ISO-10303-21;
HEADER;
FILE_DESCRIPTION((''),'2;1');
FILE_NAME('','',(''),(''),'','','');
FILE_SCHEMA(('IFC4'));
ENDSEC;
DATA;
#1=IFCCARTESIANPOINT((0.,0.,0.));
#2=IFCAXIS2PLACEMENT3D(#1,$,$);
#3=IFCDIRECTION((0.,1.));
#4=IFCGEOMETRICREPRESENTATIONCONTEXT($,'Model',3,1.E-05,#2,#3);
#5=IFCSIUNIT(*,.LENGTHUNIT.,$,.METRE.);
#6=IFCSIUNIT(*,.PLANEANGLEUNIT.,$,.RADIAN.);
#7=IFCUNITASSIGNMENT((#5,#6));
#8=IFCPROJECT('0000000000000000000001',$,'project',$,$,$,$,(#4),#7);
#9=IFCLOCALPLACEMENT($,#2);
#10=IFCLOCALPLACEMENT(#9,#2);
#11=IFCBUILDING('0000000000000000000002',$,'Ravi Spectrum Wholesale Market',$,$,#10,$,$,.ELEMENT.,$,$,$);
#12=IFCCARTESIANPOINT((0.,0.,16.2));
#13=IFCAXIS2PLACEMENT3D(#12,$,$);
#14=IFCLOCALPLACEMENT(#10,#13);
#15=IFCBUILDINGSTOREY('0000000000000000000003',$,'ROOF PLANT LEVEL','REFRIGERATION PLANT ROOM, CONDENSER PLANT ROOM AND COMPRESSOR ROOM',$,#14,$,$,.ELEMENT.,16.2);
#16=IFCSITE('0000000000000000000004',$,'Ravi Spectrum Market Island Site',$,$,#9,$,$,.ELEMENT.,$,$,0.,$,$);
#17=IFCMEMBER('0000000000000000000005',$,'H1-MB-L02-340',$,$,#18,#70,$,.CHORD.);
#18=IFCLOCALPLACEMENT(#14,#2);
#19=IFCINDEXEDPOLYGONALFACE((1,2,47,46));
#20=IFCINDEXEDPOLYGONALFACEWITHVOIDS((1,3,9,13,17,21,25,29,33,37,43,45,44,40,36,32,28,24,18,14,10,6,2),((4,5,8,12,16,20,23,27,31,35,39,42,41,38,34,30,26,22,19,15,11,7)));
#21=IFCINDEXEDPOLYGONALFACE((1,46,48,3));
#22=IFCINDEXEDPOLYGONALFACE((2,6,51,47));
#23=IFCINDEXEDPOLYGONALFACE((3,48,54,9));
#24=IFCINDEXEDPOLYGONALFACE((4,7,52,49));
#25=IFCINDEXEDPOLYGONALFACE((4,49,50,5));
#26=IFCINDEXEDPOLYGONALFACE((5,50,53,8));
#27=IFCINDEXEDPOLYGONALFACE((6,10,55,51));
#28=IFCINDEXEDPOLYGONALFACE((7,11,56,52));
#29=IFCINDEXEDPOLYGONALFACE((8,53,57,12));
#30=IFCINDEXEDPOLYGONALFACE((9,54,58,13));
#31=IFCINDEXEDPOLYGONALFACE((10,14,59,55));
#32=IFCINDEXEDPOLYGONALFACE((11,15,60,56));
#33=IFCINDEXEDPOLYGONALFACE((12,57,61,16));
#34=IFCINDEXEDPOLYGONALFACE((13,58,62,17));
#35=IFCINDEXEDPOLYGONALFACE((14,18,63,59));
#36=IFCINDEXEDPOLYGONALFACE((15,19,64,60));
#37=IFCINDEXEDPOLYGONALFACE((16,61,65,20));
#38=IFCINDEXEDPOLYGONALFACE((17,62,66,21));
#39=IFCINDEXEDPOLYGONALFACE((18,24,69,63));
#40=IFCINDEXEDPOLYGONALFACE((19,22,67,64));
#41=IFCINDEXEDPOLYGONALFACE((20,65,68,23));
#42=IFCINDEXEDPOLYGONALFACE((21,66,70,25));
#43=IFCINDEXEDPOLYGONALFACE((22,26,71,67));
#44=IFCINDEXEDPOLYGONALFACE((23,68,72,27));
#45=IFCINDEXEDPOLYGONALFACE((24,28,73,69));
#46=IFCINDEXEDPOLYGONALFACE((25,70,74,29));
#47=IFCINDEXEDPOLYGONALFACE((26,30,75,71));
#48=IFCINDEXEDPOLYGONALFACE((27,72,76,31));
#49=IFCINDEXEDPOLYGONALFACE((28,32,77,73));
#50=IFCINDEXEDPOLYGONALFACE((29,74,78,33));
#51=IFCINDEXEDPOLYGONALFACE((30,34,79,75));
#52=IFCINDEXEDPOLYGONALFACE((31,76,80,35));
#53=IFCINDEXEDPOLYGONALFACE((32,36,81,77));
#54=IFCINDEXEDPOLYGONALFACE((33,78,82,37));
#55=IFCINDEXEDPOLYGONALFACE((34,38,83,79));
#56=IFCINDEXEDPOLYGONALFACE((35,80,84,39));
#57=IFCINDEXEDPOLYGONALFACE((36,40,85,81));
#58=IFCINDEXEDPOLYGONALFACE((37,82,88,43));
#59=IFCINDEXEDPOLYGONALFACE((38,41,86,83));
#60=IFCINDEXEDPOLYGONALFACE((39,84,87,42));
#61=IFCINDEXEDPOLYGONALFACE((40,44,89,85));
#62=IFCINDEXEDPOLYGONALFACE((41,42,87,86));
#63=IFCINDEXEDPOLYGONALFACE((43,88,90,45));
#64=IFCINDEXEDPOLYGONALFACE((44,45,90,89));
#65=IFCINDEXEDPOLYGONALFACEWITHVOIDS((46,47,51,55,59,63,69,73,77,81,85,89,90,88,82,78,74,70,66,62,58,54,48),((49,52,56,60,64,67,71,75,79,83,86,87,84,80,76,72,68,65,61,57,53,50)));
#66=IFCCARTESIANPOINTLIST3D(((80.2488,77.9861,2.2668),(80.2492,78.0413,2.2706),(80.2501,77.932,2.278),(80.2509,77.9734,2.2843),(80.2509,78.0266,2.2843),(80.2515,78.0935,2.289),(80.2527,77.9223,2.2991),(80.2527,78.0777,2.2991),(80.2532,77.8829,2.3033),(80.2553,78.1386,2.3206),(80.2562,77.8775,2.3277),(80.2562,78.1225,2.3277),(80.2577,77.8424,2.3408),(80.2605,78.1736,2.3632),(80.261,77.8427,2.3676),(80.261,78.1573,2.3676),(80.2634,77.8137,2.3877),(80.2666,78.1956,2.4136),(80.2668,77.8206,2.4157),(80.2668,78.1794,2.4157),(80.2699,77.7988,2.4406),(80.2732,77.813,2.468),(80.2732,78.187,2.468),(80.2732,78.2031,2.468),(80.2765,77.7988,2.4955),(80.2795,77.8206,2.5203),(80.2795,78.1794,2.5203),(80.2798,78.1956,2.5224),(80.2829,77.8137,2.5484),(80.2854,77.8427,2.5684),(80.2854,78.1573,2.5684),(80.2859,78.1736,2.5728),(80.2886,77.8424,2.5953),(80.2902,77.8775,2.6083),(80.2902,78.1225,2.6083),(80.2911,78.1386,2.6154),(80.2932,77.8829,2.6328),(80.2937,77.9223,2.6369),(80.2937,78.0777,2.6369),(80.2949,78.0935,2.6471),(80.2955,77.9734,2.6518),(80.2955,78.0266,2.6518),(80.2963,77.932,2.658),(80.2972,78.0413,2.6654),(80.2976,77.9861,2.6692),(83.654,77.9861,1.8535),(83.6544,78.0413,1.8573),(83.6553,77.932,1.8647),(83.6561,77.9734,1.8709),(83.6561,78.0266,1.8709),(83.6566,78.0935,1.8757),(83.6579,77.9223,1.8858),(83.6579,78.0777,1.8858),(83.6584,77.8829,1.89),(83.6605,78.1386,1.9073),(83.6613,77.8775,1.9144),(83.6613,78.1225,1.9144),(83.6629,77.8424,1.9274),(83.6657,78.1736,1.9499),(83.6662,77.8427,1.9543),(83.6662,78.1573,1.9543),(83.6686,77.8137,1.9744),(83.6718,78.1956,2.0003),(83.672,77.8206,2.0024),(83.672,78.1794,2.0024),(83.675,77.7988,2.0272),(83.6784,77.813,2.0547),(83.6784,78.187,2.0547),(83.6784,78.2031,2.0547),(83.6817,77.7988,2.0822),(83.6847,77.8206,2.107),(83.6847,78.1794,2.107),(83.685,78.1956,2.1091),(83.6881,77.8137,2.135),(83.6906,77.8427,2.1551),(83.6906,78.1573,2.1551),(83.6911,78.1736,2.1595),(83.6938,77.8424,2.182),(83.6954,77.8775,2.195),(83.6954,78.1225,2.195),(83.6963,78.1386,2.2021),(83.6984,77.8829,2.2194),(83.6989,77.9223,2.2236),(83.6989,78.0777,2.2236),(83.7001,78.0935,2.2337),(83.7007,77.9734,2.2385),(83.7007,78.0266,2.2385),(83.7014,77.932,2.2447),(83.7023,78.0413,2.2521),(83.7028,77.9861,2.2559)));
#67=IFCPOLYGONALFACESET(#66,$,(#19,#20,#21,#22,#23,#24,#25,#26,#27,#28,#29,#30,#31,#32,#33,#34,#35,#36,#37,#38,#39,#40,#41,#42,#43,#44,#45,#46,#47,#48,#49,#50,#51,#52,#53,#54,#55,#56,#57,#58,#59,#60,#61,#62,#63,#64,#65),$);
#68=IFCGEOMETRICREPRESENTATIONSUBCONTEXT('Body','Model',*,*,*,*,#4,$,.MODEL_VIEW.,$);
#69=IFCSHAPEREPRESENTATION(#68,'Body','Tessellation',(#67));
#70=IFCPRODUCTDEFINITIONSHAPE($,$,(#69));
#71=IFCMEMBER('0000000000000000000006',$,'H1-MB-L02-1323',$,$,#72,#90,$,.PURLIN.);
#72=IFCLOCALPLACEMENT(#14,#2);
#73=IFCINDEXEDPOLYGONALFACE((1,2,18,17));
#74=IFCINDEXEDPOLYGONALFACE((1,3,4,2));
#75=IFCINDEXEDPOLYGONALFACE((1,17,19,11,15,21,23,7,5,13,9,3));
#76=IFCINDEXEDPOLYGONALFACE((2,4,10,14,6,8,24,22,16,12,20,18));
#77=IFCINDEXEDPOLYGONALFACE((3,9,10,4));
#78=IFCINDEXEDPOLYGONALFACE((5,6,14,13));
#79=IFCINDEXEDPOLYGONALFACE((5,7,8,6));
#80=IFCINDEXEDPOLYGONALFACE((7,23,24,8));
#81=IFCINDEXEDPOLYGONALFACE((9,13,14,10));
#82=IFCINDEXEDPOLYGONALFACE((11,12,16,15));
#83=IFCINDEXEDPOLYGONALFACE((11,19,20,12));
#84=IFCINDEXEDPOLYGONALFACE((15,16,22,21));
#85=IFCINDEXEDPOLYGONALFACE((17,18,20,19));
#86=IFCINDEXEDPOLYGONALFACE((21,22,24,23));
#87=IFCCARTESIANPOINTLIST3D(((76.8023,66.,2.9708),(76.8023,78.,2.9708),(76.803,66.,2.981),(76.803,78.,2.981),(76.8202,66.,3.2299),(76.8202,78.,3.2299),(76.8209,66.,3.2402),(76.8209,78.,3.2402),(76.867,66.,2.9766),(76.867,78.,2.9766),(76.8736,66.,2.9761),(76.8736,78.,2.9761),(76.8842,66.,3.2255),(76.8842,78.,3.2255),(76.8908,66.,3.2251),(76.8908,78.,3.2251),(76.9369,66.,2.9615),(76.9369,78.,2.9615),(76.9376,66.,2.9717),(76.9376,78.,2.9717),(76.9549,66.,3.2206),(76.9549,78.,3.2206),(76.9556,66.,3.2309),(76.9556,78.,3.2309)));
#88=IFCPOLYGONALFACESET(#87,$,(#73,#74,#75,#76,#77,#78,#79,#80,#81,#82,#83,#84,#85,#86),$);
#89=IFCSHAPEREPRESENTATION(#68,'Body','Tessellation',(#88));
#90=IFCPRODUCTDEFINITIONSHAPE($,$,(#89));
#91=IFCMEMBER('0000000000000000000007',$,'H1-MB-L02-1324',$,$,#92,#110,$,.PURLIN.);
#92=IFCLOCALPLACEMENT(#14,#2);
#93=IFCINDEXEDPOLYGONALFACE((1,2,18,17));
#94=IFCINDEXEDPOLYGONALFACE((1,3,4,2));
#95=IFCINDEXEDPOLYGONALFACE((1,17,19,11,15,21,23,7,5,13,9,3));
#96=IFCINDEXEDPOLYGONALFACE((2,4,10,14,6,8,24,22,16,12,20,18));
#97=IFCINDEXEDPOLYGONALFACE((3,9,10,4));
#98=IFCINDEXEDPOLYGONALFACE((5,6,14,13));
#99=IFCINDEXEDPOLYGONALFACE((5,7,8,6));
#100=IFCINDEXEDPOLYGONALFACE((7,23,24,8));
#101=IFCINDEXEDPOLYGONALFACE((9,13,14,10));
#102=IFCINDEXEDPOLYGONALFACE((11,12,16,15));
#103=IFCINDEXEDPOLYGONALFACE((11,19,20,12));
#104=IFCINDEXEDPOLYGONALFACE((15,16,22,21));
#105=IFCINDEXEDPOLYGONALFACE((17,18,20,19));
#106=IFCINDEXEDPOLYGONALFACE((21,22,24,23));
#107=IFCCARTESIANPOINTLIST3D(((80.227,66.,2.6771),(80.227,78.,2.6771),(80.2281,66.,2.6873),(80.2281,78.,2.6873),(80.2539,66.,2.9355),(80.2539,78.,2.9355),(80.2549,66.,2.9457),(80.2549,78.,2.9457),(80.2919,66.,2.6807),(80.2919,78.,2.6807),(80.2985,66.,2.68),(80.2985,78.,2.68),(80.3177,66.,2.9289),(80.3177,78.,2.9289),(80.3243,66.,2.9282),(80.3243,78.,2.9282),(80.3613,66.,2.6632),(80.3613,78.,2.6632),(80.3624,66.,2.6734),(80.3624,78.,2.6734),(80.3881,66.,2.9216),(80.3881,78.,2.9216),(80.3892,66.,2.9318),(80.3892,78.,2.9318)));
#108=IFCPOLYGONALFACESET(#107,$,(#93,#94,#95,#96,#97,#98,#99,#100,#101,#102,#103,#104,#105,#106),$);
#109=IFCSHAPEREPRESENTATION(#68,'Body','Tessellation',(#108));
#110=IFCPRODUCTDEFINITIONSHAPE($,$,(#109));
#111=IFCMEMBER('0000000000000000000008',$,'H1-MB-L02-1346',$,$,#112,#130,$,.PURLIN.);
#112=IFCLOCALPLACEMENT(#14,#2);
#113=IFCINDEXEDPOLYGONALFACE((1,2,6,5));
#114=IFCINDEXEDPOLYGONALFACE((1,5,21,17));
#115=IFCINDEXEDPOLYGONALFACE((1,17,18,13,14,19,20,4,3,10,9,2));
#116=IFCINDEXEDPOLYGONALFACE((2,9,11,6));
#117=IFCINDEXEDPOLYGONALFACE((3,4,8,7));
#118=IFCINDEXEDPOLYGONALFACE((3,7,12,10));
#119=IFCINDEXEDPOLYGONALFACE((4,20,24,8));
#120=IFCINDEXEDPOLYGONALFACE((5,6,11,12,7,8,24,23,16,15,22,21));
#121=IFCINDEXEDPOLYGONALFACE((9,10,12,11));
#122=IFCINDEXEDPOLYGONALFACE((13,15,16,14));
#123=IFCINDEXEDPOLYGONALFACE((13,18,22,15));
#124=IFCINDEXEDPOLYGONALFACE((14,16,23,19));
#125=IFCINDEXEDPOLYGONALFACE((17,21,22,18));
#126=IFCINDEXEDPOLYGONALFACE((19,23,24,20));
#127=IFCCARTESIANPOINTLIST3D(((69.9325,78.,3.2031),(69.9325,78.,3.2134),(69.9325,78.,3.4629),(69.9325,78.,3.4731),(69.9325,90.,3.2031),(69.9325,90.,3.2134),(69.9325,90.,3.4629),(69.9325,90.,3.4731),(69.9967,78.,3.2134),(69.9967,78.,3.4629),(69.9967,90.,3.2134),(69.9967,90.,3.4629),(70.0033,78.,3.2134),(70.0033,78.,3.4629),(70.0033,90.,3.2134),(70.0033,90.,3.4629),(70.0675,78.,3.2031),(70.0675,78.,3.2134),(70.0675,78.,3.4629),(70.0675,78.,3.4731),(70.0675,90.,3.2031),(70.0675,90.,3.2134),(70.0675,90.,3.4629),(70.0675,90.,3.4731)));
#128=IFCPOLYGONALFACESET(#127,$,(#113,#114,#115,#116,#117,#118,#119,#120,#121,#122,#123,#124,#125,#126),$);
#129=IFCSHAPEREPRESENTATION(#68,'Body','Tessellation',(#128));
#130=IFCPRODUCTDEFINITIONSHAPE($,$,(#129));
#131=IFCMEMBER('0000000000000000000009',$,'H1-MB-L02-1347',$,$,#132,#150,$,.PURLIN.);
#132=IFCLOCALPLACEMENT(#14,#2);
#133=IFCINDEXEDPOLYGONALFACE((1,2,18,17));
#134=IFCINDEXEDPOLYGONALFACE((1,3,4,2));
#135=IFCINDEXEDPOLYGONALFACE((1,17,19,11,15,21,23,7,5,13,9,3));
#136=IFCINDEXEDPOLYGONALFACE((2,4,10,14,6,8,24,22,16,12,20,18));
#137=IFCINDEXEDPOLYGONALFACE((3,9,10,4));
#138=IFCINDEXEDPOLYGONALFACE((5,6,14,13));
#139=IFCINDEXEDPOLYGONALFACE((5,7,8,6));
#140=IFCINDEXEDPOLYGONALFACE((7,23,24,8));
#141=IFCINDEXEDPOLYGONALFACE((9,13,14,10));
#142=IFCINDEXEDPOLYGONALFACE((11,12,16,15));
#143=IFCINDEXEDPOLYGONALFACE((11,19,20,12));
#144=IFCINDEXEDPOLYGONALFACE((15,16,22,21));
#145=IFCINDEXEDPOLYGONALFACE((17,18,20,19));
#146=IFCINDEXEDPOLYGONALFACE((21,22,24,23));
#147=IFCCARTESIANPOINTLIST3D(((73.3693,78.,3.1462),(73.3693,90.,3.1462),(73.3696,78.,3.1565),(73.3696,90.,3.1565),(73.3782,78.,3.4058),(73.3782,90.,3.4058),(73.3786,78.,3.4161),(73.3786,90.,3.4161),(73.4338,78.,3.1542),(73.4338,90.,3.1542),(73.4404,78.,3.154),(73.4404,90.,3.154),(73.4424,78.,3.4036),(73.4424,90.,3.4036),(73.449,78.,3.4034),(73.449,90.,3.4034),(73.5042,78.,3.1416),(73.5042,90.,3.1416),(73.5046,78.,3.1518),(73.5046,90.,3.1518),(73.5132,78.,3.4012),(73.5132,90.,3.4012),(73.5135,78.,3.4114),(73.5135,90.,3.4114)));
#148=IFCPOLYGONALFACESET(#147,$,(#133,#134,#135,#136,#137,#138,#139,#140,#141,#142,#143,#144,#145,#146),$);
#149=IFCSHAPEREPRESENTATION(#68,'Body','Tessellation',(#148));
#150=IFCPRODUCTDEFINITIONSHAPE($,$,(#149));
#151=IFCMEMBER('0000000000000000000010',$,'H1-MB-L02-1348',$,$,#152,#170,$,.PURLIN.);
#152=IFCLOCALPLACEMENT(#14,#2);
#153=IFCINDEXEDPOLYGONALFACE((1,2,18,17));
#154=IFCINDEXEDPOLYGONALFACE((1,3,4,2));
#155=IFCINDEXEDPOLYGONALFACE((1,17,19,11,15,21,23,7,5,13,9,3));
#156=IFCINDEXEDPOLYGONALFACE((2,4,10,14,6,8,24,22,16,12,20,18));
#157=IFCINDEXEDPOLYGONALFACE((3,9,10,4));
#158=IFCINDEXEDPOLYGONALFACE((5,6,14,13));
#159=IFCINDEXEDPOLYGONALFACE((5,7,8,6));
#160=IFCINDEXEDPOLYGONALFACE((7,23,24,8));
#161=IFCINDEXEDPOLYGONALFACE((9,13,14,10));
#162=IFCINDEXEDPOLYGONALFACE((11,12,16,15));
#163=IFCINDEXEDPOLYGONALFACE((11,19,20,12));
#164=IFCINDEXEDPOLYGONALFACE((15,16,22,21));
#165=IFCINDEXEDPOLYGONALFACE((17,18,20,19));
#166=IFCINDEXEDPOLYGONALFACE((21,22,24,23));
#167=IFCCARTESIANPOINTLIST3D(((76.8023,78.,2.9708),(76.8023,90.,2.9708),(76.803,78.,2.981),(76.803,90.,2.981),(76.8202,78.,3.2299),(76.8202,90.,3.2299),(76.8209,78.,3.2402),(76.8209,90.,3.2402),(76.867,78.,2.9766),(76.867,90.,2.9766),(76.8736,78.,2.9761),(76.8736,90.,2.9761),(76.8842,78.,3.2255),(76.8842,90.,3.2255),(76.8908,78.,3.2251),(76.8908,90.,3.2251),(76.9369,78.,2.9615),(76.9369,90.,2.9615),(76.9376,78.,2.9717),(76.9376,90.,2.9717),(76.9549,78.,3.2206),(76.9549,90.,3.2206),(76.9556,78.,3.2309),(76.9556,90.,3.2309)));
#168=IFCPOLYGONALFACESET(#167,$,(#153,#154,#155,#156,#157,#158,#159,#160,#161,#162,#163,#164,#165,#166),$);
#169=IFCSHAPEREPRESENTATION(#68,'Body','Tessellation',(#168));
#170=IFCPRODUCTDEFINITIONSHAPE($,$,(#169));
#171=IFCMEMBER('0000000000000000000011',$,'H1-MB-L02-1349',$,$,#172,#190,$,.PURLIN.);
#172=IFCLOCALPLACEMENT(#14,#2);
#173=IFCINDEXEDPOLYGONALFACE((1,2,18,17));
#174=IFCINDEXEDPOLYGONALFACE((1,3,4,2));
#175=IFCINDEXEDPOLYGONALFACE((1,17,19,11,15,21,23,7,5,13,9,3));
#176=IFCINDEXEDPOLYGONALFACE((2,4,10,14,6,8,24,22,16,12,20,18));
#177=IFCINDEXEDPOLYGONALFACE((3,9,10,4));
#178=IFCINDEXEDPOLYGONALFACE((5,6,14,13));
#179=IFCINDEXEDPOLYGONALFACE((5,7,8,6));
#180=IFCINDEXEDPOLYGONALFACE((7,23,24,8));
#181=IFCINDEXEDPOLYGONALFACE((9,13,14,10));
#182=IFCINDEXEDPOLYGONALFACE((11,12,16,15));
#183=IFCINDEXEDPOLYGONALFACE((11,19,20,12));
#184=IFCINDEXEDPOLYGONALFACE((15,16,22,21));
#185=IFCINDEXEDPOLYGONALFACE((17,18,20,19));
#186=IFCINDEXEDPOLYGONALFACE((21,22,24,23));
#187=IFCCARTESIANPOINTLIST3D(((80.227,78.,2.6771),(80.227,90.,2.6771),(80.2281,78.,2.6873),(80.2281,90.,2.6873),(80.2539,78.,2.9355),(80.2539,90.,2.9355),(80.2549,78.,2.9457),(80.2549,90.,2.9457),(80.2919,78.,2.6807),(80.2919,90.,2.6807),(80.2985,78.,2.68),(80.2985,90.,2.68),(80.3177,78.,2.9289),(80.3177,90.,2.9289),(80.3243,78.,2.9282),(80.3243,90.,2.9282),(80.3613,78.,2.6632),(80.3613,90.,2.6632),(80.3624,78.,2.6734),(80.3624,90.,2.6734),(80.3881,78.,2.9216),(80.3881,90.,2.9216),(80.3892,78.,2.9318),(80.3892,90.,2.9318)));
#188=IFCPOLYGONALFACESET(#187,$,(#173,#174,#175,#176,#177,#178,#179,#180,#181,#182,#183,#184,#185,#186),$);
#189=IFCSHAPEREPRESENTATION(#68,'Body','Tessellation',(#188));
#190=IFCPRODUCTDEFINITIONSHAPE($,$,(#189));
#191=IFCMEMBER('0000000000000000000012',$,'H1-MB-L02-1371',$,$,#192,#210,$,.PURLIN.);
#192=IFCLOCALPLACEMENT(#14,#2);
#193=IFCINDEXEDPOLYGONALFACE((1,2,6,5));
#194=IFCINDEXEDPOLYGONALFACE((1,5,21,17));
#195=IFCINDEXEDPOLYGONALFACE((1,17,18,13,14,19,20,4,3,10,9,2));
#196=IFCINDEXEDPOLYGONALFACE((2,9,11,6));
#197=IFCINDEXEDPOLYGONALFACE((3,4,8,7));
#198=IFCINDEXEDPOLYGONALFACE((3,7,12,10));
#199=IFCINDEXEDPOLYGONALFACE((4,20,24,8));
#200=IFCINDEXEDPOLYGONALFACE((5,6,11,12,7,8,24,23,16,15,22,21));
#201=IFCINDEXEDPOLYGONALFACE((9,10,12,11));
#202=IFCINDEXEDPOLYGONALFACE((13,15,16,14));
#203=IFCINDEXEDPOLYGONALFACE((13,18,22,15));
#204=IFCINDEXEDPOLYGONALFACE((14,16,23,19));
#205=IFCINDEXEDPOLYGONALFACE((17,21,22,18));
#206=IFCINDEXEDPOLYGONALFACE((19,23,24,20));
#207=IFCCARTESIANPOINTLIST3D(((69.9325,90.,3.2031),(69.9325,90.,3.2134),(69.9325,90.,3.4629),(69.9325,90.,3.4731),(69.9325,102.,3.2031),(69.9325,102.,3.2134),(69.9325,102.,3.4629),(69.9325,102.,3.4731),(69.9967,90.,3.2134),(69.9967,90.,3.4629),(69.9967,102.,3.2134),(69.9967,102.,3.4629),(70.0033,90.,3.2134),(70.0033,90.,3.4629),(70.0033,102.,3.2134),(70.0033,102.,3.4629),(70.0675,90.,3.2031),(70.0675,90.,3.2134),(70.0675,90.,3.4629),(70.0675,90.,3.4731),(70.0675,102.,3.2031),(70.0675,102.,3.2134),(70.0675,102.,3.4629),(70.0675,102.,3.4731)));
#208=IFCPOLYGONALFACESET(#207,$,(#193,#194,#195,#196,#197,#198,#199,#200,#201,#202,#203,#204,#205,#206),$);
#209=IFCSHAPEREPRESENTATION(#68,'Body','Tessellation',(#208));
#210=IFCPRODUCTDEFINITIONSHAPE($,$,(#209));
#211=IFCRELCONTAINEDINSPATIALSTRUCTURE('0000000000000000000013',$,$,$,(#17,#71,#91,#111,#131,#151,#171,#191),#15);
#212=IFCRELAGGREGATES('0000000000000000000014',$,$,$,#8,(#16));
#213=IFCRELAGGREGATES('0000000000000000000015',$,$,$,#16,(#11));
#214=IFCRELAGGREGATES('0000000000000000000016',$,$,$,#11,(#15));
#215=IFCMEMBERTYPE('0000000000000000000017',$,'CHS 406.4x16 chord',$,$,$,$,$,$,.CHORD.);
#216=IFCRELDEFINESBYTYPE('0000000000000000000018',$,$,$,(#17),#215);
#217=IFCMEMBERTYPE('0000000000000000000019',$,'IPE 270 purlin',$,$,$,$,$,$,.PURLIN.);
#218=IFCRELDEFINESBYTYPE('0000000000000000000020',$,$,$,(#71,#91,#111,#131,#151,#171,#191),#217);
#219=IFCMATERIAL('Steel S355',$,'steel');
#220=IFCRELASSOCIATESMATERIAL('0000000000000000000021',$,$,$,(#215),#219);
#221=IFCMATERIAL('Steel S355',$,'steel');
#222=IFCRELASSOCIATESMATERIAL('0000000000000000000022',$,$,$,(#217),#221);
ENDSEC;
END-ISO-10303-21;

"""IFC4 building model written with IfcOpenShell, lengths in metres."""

from ifc_helpers import new_model, si_unit, direction, frame, origin, origin_2d, place, context, subcontext, project, spatial, hollow_circle, i_section, extrude, material, material_profile, profile_set, type_object, element, save


model = new_model("IFC4")

# Units and contexts
model_context = context("Model", 3, precision=1e-05, world=origin(), true_north=direction((0.0, 1.0)))
body_context = subcontext(model_context, "Body", "Model", "MODEL_VIEW")
ifc_project = project(units=[si_unit("LENGTHUNIT", "METRE"), si_unit("PLANEANGLEUNIT", "RADIAN")], contexts=[model_context])

# Site, building, storey
site_placement = place(None, origin())
site = spatial("IfcSite", under=ifc_project, at=site_placement, Name="Ravi Spectrum Market Island Site", CompositionType="ELEMENT", RefElevation=0.0)
building_placement = place(site_placement, origin())
building = spatial("IfcBuilding", under=site, at=building_placement, Name="Ravi Spectrum Wholesale Market", CompositionType="ELEMENT")
storey_placement = place(building_placement, frame((0.0, 0.0, 16.2)))
storey = spatial("IfcBuildingStorey", under=building, at=storey_placement, Name="ROOF PLANT LEVEL", Description="REFRIGERATION PLANT ROOM, CONDENSER PLANT ROOM AND COMPRESSOR ROOM", CompositionType="ELEMENT", Elevation=16.2)

# Members
ifc_material_1 = material(Name="Steel S355", Category="steel")
ifc_material_profile_1 = material_profile(ifc_material_1, hollow_circle(Radius=0.2031, WallThickness=0.0161, at=origin_2d()))
ifc_profile_set_1 = profile_set([ifc_material_profile_1], Name="Steel S355")
member_type_1 = type_object("IfcMemberType", Name="CHS 406.4x16 chord", PredefinedType="CHORD", material=ifc_profile_set_1)
member_1_placement = place(storey_placement, frame((80.2732, 78.0, 2.468), z_axis=(0.992714, 0.0, -0.120495), x_axis=(0.0, 1.0, 0.0)))
element("IfcMember", 1, at=member_1_placement, inside=storey, type_object=member_type_1, Name="H1-MB-L02-340", PredefinedType="CHORD", context=body_context, shape_type="SweptSolid", body=[
    extrude(hollow_circle(Radius=0.2031, WallThickness=0.0161, at=origin_2d()), origin(), (0.0, 0.0, 1.0), 3.4302),
])
ifc_material_2 = material(Name="Steel S355", Category="steel")
ifc_material_profile_2 = material_profile(ifc_material_2, i_section(OverallWidth=0.135, OverallDepth=0.27, WebThickness=0.0066, FlangeThickness=0.0103, at=origin_2d()))
ifc_profile_set_2 = profile_set([ifc_material_profile_2], Name="Steel S355")
member_type_2 = type_object("IfcMemberType", Name="IPE 270 purlin", PredefinedType="PURLIN", material=ifc_profile_set_2)
for number, where, z_axis, x_axis, name in (
    (2, (76.8789, 66.0, 3.1008), (0.0, 1.0, 0.0), (-0.997621, 0.0, 0.068943), "H1-MB-L02-1323"),
    (3, (80.3081, 66.0, 2.8044), (0.0, 1.0, 0.0), (-0.994649, 0.0, 0.103311), "H1-MB-L02-1324"),
    (4, (70.0, 78.0, 3.3381), (0.0, 1.0, 0.0), (-1.0, 0.0, 0.0), "H1-MB-L02-1346"),
    (5, (73.4414, 78.0, 3.2788), (0.0, 1.0, 0.0), (-0.999405, 0.0, 0.034492), "H1-MB-L02-1347"),
    (6, (76.8789, 78.0, 3.1008), (0.0, 1.0, 0.0), (-0.997621, 0.0, 0.068943), "H1-MB-L02-1348"),
    (7, (80.3081, 78.0, 2.8044), (0.0, 1.0, 0.0), (-0.994649, 0.0, 0.103311), "H1-MB-L02-1349"),
    (8, (70.0, 90.0, 3.3381), (0.0, 1.0, 0.0), (-1.0, 0.0, 0.0), "H1-MB-L02-1371"),
):
    element("IfcMember", number, at=place(storey_placement, frame(where, z_axis=z_axis, x_axis=x_axis)), inside=storey, type_object=member_type_2, Name=name, PredefinedType="PURLIN", context=body_context, shape_type="SweptSolid", body=[
        extrude(i_section(OverallWidth=0.135, OverallDepth=0.27, WebThickness=0.0066, FlangeThickness=0.0103, at=origin_2d()), origin(), (0.0, 0.0, 1.0), 12.0),
    ])

save(model, "model.ifc")
